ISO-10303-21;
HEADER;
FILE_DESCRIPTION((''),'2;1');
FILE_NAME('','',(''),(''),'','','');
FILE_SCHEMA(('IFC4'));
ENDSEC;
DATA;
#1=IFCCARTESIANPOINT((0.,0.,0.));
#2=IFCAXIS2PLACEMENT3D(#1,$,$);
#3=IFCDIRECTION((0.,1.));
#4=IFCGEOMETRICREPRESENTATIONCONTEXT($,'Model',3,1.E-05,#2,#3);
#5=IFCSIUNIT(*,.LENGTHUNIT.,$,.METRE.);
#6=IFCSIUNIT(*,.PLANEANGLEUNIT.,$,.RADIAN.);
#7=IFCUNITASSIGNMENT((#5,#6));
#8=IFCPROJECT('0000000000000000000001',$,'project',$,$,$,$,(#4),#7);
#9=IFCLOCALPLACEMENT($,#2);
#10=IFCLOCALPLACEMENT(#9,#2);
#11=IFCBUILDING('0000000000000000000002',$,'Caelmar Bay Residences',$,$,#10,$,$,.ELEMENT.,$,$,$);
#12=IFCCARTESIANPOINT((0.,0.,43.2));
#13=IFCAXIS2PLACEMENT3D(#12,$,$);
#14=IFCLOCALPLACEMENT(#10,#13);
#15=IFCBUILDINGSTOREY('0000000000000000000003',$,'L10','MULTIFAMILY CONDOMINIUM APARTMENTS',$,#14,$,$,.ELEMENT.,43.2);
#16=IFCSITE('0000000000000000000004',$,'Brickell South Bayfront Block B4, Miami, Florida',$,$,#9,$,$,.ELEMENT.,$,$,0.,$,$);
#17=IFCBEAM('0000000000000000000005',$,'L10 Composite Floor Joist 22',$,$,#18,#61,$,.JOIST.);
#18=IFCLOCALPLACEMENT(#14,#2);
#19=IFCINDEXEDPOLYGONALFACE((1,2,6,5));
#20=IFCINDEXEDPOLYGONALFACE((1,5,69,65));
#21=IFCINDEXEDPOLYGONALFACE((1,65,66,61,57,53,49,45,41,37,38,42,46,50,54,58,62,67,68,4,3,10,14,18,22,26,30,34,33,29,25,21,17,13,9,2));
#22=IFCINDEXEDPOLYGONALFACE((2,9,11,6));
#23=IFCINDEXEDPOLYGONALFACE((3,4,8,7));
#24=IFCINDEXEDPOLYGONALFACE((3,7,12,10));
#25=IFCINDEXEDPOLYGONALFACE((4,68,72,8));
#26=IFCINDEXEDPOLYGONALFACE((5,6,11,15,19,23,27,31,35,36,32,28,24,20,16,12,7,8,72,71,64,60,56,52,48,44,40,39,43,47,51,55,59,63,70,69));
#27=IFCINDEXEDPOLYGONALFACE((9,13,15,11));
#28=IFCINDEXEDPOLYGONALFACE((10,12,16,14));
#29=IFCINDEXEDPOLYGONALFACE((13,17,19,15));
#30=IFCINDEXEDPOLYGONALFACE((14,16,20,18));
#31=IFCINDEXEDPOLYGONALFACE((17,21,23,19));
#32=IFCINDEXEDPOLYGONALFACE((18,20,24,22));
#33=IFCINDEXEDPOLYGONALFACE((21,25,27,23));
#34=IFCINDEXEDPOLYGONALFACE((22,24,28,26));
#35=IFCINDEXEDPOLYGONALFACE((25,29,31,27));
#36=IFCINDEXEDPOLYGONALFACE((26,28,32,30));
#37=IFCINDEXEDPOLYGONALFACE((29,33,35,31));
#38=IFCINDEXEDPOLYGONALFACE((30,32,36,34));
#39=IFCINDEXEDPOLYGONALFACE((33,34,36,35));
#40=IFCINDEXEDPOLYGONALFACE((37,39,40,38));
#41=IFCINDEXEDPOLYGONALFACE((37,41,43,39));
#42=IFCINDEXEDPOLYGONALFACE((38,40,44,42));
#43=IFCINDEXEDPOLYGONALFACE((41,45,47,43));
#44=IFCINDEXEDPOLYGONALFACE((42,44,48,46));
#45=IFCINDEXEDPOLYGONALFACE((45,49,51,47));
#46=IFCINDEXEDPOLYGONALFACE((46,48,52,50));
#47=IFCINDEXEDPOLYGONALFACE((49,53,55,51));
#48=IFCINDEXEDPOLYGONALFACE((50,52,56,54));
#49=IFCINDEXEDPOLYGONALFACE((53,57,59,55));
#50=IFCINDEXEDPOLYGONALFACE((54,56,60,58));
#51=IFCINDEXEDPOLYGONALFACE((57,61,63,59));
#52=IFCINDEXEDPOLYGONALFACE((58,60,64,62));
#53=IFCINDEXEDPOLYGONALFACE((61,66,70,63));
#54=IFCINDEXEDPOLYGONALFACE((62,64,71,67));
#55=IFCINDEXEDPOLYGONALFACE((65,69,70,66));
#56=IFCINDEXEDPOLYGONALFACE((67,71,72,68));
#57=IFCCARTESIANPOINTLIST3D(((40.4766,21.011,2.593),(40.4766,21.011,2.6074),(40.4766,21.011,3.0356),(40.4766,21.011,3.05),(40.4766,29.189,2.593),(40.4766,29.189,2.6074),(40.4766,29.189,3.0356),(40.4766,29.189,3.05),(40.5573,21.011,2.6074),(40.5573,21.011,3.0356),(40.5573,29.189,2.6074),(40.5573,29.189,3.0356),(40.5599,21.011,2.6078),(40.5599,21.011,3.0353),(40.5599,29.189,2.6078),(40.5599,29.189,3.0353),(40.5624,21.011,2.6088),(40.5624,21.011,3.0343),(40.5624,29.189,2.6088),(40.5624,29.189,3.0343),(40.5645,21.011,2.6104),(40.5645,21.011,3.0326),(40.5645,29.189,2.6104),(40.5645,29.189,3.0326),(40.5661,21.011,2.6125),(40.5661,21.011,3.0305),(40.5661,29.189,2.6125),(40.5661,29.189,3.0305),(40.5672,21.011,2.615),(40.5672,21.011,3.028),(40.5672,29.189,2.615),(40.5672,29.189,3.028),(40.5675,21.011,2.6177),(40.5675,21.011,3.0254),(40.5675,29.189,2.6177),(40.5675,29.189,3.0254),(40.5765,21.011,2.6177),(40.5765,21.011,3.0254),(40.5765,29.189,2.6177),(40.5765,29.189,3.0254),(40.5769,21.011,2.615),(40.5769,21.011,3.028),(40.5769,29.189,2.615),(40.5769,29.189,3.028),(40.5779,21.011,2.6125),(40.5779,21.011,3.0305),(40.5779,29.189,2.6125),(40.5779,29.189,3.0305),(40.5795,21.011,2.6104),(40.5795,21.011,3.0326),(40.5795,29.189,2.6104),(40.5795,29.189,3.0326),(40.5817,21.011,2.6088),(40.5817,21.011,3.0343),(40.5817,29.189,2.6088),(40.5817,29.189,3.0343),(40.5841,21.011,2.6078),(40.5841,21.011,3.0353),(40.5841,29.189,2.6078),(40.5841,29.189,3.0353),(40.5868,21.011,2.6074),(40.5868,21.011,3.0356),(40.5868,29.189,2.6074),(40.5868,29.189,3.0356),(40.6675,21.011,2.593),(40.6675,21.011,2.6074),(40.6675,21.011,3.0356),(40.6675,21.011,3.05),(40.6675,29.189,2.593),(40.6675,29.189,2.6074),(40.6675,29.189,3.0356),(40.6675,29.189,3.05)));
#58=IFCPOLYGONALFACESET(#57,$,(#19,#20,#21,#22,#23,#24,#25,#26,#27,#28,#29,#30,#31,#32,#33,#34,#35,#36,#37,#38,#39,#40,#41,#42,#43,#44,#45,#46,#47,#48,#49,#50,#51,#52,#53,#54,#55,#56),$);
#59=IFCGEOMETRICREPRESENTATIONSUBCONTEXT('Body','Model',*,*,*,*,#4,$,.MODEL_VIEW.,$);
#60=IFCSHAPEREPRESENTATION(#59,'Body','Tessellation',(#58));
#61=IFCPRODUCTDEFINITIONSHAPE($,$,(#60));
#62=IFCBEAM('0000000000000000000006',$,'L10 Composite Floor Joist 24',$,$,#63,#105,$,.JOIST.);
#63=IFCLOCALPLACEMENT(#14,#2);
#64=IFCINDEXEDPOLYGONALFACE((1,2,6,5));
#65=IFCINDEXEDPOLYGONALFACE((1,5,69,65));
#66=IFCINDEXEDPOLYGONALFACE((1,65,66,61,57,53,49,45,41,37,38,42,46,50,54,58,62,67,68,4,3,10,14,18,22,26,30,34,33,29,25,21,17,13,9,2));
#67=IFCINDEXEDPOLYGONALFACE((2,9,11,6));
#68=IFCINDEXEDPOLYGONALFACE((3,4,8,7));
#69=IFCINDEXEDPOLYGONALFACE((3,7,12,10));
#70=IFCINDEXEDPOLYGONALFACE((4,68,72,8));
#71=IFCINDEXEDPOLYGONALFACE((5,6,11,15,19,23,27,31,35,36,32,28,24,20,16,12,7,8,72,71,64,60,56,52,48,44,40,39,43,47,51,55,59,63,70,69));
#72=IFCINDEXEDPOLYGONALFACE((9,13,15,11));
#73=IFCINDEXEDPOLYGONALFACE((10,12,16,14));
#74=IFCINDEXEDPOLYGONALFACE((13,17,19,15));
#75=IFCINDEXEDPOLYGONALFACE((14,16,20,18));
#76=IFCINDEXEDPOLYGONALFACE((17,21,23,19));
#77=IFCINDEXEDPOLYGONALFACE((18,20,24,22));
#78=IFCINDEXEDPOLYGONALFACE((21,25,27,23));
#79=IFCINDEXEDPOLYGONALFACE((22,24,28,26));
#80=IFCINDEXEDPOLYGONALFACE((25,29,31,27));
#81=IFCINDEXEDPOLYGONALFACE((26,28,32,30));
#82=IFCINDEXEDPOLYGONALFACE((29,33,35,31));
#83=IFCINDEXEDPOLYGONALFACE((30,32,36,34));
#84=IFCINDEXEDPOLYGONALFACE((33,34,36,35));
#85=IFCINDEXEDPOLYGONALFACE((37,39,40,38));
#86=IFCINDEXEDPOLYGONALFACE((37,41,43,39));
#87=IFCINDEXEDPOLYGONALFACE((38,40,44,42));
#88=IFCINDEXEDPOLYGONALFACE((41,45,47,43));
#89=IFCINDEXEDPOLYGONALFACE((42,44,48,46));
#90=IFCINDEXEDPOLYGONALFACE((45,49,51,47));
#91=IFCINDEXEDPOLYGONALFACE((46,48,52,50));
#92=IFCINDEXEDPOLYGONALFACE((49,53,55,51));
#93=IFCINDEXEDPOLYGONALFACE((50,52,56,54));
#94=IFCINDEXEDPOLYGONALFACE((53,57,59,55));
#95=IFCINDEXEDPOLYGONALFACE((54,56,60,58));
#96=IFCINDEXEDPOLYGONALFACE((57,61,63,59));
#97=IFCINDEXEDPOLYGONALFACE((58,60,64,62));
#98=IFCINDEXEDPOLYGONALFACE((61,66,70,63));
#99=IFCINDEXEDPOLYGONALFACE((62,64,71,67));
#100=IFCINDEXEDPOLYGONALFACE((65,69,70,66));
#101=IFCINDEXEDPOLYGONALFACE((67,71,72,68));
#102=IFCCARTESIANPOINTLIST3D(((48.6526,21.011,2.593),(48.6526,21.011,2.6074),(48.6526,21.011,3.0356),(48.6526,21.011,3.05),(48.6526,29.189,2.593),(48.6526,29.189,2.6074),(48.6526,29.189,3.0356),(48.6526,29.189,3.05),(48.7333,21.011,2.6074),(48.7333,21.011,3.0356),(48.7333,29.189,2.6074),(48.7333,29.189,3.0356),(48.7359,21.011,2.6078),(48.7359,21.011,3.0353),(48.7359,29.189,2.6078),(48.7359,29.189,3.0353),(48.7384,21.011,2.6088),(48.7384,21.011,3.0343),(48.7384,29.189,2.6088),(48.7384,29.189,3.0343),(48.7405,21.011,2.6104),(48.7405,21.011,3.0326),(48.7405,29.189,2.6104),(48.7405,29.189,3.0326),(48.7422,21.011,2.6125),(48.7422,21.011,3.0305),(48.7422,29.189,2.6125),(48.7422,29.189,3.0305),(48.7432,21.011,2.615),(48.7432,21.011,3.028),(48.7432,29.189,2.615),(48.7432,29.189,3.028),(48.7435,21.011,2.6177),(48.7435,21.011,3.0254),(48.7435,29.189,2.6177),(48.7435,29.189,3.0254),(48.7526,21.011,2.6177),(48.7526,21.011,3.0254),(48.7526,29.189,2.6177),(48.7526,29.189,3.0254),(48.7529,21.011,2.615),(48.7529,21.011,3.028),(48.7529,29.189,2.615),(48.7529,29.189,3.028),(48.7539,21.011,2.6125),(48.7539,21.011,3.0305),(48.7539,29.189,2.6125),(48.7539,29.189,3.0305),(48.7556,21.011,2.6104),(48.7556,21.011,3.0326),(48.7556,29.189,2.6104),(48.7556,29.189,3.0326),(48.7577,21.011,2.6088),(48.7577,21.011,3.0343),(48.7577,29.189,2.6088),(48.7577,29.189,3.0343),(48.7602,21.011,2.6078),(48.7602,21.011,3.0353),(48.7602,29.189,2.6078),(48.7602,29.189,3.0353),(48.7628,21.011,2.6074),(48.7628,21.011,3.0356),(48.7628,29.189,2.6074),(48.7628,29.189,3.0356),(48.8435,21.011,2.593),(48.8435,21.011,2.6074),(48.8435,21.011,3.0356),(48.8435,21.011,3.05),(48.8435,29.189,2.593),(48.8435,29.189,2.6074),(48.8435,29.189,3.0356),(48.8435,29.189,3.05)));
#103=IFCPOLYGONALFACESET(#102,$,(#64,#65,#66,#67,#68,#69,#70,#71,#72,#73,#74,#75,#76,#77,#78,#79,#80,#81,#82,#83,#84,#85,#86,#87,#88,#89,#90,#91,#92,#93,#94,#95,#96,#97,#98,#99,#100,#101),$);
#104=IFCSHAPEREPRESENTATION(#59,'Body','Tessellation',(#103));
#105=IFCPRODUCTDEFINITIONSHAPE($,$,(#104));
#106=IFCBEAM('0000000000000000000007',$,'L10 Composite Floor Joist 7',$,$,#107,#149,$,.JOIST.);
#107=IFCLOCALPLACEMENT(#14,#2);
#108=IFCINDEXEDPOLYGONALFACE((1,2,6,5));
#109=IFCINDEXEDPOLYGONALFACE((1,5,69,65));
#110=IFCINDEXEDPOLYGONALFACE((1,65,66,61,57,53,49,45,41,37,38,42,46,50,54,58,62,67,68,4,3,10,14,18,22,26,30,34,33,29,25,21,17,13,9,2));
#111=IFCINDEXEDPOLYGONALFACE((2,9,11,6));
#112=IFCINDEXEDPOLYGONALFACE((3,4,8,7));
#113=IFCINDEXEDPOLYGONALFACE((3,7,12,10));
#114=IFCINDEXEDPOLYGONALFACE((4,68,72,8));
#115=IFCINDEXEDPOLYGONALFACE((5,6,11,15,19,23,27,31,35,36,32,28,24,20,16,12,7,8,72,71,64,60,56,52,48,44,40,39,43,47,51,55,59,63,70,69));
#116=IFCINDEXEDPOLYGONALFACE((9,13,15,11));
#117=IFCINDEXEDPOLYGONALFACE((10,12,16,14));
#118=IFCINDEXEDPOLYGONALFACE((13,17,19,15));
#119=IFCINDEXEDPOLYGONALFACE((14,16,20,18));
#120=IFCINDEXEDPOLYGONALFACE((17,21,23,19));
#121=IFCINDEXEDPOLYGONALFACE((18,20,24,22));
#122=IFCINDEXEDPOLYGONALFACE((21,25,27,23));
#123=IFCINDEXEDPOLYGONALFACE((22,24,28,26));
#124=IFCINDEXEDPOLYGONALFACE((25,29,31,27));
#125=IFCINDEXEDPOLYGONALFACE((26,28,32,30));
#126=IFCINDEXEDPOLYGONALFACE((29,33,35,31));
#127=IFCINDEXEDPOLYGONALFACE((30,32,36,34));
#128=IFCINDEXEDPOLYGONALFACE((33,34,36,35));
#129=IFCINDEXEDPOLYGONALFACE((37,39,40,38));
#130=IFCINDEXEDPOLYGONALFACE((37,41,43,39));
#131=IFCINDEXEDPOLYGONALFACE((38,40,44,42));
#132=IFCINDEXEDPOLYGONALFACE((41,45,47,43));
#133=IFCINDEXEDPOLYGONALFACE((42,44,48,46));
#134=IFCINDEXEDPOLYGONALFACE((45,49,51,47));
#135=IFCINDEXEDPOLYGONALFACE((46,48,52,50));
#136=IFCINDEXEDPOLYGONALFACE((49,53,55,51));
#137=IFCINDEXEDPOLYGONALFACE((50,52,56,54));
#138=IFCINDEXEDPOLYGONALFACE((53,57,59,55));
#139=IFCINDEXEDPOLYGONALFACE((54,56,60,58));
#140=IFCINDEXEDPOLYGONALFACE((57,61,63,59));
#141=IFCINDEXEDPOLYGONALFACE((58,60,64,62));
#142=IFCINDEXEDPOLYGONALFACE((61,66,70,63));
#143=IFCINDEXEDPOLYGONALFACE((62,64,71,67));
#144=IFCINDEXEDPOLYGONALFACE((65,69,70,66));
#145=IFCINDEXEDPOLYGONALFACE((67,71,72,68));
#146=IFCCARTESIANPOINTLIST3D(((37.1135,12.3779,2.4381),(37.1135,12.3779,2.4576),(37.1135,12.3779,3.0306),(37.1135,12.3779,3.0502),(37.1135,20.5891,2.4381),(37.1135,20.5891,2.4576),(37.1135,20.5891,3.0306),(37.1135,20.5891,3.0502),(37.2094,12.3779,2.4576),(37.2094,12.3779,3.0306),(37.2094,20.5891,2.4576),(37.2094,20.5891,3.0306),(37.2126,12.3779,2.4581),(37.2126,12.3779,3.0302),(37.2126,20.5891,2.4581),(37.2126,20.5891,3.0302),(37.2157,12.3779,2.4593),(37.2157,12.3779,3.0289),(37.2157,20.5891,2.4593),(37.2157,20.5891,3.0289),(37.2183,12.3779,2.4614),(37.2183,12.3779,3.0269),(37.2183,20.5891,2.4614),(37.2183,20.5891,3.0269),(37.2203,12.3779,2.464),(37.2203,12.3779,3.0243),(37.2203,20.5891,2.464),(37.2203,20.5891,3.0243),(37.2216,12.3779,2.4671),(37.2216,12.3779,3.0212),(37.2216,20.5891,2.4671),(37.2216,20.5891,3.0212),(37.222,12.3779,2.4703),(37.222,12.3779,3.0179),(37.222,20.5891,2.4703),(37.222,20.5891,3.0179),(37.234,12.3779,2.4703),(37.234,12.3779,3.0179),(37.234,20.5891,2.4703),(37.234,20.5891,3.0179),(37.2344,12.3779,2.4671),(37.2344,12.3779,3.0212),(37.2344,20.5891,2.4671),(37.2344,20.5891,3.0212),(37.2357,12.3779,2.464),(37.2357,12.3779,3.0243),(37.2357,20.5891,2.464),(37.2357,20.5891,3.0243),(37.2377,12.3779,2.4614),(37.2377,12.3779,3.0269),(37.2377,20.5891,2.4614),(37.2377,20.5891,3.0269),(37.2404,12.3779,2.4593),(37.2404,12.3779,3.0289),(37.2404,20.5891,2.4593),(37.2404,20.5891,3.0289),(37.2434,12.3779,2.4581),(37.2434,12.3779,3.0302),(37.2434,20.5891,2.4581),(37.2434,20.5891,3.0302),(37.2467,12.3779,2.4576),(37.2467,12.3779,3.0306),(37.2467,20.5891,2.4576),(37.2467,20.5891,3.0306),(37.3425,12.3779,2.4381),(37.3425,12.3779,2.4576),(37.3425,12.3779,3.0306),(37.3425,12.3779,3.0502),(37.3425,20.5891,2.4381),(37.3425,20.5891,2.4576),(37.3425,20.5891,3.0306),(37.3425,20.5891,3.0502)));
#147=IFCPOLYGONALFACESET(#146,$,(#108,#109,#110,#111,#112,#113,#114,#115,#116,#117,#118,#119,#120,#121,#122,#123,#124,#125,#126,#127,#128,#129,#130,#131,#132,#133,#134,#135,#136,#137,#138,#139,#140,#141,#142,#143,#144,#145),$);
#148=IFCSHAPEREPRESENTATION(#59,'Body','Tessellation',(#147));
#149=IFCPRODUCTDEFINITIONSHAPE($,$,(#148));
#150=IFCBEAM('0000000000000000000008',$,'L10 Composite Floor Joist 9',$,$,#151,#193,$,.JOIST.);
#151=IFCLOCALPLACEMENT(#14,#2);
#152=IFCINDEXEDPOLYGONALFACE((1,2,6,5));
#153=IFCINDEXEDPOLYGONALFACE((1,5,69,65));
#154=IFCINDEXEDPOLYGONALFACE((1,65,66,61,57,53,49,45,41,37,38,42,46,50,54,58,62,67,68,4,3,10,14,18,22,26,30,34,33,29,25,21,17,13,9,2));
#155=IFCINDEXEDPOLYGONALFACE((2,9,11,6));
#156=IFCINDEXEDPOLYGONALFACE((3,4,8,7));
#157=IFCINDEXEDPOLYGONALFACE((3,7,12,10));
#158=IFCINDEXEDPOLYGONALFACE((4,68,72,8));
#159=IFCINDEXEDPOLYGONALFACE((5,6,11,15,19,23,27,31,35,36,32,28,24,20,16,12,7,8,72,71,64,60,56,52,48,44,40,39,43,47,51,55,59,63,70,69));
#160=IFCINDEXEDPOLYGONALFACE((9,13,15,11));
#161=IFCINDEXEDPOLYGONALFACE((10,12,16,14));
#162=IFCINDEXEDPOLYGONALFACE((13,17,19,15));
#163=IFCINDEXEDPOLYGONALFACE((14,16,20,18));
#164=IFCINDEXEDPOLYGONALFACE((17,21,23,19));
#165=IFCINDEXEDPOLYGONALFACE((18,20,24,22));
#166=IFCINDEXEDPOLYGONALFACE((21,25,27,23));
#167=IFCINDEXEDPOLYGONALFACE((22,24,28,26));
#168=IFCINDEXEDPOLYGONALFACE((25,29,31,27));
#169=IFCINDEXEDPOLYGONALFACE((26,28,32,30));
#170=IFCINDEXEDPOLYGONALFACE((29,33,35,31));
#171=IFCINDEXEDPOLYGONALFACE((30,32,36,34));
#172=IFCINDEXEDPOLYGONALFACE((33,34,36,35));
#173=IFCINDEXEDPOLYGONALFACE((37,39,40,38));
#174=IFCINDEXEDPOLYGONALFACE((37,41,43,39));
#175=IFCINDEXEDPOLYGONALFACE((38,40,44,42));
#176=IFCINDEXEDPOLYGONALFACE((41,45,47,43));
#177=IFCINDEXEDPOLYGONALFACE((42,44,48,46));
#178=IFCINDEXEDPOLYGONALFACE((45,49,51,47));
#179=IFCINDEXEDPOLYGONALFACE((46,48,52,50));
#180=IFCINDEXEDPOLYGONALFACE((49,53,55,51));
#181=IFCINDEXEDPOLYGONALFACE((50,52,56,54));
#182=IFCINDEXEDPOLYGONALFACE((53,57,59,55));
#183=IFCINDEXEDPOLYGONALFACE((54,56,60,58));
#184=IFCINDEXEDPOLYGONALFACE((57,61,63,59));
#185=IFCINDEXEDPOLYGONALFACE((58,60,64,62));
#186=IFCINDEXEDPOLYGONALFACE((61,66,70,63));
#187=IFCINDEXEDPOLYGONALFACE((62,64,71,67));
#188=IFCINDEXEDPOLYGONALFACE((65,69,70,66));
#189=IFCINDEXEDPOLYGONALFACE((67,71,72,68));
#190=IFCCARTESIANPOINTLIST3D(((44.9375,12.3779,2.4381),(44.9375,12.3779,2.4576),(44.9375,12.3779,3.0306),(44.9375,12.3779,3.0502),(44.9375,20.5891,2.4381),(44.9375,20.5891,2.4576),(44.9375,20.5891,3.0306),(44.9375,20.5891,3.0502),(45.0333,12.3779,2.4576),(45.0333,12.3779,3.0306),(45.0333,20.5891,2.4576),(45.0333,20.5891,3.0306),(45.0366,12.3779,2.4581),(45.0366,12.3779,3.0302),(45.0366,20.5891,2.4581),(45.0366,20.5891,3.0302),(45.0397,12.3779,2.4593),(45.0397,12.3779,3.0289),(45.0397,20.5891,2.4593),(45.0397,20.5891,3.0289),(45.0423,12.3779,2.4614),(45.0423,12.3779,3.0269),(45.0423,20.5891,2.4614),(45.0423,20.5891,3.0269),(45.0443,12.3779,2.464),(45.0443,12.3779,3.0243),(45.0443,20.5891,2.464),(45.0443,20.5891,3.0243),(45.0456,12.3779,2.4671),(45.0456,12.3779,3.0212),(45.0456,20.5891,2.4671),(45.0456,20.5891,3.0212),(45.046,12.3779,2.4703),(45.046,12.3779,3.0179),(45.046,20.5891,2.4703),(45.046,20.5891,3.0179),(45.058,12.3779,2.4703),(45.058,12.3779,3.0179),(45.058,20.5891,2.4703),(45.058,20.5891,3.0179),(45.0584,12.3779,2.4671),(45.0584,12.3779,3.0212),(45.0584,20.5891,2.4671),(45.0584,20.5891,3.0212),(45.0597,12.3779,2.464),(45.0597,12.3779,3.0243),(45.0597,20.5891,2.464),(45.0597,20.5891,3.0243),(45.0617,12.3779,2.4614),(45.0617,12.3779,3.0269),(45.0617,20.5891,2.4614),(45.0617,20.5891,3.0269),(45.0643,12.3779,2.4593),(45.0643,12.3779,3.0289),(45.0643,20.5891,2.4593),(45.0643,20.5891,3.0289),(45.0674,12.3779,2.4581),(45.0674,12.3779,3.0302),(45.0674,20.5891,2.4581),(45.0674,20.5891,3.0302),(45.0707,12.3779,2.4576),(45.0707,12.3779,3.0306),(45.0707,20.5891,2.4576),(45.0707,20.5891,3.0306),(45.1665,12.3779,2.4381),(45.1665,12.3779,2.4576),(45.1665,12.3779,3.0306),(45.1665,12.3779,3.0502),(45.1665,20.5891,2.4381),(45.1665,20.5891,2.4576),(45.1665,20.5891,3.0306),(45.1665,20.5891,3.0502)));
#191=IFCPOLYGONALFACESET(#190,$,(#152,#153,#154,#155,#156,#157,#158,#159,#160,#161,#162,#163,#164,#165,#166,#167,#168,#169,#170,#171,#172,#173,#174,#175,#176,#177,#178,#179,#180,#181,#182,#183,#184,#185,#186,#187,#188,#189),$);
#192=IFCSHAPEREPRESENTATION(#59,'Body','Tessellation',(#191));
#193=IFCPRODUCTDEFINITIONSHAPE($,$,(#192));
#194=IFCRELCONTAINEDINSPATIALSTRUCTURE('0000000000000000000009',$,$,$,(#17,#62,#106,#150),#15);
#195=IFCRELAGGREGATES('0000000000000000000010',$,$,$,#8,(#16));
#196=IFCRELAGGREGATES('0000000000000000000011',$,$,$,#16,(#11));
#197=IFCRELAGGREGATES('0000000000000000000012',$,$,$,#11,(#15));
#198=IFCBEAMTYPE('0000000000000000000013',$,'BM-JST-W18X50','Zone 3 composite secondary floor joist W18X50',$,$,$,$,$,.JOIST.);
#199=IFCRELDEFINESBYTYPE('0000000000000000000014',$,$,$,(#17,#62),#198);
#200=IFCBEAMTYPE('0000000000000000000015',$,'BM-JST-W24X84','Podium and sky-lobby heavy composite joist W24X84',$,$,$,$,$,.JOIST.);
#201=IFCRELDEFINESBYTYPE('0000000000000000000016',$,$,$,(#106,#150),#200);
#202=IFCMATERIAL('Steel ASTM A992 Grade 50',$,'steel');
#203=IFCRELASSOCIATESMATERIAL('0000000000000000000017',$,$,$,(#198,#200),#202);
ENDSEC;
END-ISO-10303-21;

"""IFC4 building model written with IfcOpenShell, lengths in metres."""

from ifc_helpers import new_model, si_unit, direction, frame, origin, origin_2d, place, context, subcontext, project, spatial, i_section, extrude, material, material_profile, profile_set, type_object, element, save


model = new_model("IFC4")

# Units and contexts
model_context = context("Model", 3, precision=1e-05, world=origin(), true_north=direction((0.0, 1.0)))
body_context = subcontext(model_context, "Body", "Model", "MODEL_VIEW")
ifc_project = project(units=[si_unit("LENGTHUNIT", "METRE"), si_unit("PLANEANGLEUNIT", "RADIAN")], contexts=[model_context])

# Site, building, storey
site_placement = place(None, origin())
site = spatial("IfcSite", under=ifc_project, at=site_placement, Name="Brickell South Bayfront Block B4, Miami, Florida", CompositionType="ELEMENT", RefElevation=0.0)
building_placement = place(site_placement, origin())
building = spatial("IfcBuilding", under=site, at=building_placement, Name="Caelmar Bay Residences", CompositionType="ELEMENT")
storey_placement = place(building_placement, frame((0.0, 0.0, 43.2)))
storey = spatial("IfcBuildingStorey", under=building, at=storey_placement, Name="L10", Description="MULTIFAMILY CONDOMINIUM APARTMENTS", CompositionType="ELEMENT", Elevation=43.2)

# Beams
ifc_material_1 = material(Name="Steel ASTM A992 Grade 50", Category="steel")
ifc_material_profile_1 = material_profile(ifc_material_1, i_section(OverallWidth=0.1909, OverallDepth=0.457, WebThickness=0.009, FlangeThickness=0.0144, FilletRadius=0.0103, at=origin_2d()), Name="W18X50")
ifc_profile_set_1 = profile_set([ifc_material_profile_1], Name="Steel ASTM A992 Grade 50")
beam_type_1 = type_object("IfcBeamType", Name="BM-JST-W18X50", Description="Zone 3 composite secondary floor joist W18X50", PredefinedType="JOIST", material=ifc_profile_set_1)
for number, where, z_axis, x_axis, name in (
    (1, (40.572, 21.011, 2.8215), (0.0, 1.0, 0.0), (-1.0, 0.0, 0.0), "L10 Composite Floor Joist 22"),
    (2, (48.748, 21.011, 2.8215), (0.0, 1.0, 0.0), (-1.0, 0.0, 0.0), "L10 Composite Floor Joist 24"),
):
    element("IfcBeam", number, at=place(storey_placement, frame(where, z_axis=z_axis, x_axis=x_axis)), inside=storey, type_object=beam_type_1, Name=name, PredefinedType="JOIST", context=body_context, shape_type="SweptSolid", body=[
        extrude(i_section(OverallWidth=0.1909, OverallDepth=0.457, WebThickness=0.009, FlangeThickness=0.0144, FilletRadius=0.0103, at=origin_2d()), origin(), (0.0, 0.0, 1.0), 8.178),
    ])
ifc_material_profile_2 = material_profile(ifc_material_1, i_section(OverallWidth=0.229, OverallDepth=0.6121, WebThickness=0.012, FlangeThickness=0.0195, FilletRadius=0.0127, at=origin_2d()), Name="W24X84")
ifc_profile_set_2 = profile_set([ifc_material_profile_2], Name="Steel ASTM A992 Grade 50")
beam_type_2 = type_object("IfcBeamType", Name="BM-JST-W24X84", Description="Podium and sky-lobby heavy composite joist W24X84", PredefinedType="JOIST", material=ifc_profile_set_2)
for number, where, z_axis, x_axis, name in (
    (3, (37.228, 12.3779, 2.7441), (0.0, 1.0, 0.0), (-1.0, 0.0, 0.0), "L10 Composite Floor Joist 7"),
    (4, (45.052, 12.3779, 2.7441), (0.0, 1.0, 0.0), (-1.0, 0.0, 0.0), "L10 Composite Floor Joist 9"),
):
    element("IfcBeam", number, at=place(storey_placement, frame(where, z_axis=z_axis, x_axis=x_axis)), inside=storey, type_object=beam_type_2, Name=name, PredefinedType="JOIST", context=body_context, shape_type="SweptSolid", body=[
        extrude(i_section(OverallWidth=0.229, OverallDepth=0.6121, WebThickness=0.012, FlangeThickness=0.0195, FilletRadius=0.0127, at=origin_2d()), origin(), (0.0, 0.0, 1.0), 8.2112),
    ])

save(model, "model.ifc")
